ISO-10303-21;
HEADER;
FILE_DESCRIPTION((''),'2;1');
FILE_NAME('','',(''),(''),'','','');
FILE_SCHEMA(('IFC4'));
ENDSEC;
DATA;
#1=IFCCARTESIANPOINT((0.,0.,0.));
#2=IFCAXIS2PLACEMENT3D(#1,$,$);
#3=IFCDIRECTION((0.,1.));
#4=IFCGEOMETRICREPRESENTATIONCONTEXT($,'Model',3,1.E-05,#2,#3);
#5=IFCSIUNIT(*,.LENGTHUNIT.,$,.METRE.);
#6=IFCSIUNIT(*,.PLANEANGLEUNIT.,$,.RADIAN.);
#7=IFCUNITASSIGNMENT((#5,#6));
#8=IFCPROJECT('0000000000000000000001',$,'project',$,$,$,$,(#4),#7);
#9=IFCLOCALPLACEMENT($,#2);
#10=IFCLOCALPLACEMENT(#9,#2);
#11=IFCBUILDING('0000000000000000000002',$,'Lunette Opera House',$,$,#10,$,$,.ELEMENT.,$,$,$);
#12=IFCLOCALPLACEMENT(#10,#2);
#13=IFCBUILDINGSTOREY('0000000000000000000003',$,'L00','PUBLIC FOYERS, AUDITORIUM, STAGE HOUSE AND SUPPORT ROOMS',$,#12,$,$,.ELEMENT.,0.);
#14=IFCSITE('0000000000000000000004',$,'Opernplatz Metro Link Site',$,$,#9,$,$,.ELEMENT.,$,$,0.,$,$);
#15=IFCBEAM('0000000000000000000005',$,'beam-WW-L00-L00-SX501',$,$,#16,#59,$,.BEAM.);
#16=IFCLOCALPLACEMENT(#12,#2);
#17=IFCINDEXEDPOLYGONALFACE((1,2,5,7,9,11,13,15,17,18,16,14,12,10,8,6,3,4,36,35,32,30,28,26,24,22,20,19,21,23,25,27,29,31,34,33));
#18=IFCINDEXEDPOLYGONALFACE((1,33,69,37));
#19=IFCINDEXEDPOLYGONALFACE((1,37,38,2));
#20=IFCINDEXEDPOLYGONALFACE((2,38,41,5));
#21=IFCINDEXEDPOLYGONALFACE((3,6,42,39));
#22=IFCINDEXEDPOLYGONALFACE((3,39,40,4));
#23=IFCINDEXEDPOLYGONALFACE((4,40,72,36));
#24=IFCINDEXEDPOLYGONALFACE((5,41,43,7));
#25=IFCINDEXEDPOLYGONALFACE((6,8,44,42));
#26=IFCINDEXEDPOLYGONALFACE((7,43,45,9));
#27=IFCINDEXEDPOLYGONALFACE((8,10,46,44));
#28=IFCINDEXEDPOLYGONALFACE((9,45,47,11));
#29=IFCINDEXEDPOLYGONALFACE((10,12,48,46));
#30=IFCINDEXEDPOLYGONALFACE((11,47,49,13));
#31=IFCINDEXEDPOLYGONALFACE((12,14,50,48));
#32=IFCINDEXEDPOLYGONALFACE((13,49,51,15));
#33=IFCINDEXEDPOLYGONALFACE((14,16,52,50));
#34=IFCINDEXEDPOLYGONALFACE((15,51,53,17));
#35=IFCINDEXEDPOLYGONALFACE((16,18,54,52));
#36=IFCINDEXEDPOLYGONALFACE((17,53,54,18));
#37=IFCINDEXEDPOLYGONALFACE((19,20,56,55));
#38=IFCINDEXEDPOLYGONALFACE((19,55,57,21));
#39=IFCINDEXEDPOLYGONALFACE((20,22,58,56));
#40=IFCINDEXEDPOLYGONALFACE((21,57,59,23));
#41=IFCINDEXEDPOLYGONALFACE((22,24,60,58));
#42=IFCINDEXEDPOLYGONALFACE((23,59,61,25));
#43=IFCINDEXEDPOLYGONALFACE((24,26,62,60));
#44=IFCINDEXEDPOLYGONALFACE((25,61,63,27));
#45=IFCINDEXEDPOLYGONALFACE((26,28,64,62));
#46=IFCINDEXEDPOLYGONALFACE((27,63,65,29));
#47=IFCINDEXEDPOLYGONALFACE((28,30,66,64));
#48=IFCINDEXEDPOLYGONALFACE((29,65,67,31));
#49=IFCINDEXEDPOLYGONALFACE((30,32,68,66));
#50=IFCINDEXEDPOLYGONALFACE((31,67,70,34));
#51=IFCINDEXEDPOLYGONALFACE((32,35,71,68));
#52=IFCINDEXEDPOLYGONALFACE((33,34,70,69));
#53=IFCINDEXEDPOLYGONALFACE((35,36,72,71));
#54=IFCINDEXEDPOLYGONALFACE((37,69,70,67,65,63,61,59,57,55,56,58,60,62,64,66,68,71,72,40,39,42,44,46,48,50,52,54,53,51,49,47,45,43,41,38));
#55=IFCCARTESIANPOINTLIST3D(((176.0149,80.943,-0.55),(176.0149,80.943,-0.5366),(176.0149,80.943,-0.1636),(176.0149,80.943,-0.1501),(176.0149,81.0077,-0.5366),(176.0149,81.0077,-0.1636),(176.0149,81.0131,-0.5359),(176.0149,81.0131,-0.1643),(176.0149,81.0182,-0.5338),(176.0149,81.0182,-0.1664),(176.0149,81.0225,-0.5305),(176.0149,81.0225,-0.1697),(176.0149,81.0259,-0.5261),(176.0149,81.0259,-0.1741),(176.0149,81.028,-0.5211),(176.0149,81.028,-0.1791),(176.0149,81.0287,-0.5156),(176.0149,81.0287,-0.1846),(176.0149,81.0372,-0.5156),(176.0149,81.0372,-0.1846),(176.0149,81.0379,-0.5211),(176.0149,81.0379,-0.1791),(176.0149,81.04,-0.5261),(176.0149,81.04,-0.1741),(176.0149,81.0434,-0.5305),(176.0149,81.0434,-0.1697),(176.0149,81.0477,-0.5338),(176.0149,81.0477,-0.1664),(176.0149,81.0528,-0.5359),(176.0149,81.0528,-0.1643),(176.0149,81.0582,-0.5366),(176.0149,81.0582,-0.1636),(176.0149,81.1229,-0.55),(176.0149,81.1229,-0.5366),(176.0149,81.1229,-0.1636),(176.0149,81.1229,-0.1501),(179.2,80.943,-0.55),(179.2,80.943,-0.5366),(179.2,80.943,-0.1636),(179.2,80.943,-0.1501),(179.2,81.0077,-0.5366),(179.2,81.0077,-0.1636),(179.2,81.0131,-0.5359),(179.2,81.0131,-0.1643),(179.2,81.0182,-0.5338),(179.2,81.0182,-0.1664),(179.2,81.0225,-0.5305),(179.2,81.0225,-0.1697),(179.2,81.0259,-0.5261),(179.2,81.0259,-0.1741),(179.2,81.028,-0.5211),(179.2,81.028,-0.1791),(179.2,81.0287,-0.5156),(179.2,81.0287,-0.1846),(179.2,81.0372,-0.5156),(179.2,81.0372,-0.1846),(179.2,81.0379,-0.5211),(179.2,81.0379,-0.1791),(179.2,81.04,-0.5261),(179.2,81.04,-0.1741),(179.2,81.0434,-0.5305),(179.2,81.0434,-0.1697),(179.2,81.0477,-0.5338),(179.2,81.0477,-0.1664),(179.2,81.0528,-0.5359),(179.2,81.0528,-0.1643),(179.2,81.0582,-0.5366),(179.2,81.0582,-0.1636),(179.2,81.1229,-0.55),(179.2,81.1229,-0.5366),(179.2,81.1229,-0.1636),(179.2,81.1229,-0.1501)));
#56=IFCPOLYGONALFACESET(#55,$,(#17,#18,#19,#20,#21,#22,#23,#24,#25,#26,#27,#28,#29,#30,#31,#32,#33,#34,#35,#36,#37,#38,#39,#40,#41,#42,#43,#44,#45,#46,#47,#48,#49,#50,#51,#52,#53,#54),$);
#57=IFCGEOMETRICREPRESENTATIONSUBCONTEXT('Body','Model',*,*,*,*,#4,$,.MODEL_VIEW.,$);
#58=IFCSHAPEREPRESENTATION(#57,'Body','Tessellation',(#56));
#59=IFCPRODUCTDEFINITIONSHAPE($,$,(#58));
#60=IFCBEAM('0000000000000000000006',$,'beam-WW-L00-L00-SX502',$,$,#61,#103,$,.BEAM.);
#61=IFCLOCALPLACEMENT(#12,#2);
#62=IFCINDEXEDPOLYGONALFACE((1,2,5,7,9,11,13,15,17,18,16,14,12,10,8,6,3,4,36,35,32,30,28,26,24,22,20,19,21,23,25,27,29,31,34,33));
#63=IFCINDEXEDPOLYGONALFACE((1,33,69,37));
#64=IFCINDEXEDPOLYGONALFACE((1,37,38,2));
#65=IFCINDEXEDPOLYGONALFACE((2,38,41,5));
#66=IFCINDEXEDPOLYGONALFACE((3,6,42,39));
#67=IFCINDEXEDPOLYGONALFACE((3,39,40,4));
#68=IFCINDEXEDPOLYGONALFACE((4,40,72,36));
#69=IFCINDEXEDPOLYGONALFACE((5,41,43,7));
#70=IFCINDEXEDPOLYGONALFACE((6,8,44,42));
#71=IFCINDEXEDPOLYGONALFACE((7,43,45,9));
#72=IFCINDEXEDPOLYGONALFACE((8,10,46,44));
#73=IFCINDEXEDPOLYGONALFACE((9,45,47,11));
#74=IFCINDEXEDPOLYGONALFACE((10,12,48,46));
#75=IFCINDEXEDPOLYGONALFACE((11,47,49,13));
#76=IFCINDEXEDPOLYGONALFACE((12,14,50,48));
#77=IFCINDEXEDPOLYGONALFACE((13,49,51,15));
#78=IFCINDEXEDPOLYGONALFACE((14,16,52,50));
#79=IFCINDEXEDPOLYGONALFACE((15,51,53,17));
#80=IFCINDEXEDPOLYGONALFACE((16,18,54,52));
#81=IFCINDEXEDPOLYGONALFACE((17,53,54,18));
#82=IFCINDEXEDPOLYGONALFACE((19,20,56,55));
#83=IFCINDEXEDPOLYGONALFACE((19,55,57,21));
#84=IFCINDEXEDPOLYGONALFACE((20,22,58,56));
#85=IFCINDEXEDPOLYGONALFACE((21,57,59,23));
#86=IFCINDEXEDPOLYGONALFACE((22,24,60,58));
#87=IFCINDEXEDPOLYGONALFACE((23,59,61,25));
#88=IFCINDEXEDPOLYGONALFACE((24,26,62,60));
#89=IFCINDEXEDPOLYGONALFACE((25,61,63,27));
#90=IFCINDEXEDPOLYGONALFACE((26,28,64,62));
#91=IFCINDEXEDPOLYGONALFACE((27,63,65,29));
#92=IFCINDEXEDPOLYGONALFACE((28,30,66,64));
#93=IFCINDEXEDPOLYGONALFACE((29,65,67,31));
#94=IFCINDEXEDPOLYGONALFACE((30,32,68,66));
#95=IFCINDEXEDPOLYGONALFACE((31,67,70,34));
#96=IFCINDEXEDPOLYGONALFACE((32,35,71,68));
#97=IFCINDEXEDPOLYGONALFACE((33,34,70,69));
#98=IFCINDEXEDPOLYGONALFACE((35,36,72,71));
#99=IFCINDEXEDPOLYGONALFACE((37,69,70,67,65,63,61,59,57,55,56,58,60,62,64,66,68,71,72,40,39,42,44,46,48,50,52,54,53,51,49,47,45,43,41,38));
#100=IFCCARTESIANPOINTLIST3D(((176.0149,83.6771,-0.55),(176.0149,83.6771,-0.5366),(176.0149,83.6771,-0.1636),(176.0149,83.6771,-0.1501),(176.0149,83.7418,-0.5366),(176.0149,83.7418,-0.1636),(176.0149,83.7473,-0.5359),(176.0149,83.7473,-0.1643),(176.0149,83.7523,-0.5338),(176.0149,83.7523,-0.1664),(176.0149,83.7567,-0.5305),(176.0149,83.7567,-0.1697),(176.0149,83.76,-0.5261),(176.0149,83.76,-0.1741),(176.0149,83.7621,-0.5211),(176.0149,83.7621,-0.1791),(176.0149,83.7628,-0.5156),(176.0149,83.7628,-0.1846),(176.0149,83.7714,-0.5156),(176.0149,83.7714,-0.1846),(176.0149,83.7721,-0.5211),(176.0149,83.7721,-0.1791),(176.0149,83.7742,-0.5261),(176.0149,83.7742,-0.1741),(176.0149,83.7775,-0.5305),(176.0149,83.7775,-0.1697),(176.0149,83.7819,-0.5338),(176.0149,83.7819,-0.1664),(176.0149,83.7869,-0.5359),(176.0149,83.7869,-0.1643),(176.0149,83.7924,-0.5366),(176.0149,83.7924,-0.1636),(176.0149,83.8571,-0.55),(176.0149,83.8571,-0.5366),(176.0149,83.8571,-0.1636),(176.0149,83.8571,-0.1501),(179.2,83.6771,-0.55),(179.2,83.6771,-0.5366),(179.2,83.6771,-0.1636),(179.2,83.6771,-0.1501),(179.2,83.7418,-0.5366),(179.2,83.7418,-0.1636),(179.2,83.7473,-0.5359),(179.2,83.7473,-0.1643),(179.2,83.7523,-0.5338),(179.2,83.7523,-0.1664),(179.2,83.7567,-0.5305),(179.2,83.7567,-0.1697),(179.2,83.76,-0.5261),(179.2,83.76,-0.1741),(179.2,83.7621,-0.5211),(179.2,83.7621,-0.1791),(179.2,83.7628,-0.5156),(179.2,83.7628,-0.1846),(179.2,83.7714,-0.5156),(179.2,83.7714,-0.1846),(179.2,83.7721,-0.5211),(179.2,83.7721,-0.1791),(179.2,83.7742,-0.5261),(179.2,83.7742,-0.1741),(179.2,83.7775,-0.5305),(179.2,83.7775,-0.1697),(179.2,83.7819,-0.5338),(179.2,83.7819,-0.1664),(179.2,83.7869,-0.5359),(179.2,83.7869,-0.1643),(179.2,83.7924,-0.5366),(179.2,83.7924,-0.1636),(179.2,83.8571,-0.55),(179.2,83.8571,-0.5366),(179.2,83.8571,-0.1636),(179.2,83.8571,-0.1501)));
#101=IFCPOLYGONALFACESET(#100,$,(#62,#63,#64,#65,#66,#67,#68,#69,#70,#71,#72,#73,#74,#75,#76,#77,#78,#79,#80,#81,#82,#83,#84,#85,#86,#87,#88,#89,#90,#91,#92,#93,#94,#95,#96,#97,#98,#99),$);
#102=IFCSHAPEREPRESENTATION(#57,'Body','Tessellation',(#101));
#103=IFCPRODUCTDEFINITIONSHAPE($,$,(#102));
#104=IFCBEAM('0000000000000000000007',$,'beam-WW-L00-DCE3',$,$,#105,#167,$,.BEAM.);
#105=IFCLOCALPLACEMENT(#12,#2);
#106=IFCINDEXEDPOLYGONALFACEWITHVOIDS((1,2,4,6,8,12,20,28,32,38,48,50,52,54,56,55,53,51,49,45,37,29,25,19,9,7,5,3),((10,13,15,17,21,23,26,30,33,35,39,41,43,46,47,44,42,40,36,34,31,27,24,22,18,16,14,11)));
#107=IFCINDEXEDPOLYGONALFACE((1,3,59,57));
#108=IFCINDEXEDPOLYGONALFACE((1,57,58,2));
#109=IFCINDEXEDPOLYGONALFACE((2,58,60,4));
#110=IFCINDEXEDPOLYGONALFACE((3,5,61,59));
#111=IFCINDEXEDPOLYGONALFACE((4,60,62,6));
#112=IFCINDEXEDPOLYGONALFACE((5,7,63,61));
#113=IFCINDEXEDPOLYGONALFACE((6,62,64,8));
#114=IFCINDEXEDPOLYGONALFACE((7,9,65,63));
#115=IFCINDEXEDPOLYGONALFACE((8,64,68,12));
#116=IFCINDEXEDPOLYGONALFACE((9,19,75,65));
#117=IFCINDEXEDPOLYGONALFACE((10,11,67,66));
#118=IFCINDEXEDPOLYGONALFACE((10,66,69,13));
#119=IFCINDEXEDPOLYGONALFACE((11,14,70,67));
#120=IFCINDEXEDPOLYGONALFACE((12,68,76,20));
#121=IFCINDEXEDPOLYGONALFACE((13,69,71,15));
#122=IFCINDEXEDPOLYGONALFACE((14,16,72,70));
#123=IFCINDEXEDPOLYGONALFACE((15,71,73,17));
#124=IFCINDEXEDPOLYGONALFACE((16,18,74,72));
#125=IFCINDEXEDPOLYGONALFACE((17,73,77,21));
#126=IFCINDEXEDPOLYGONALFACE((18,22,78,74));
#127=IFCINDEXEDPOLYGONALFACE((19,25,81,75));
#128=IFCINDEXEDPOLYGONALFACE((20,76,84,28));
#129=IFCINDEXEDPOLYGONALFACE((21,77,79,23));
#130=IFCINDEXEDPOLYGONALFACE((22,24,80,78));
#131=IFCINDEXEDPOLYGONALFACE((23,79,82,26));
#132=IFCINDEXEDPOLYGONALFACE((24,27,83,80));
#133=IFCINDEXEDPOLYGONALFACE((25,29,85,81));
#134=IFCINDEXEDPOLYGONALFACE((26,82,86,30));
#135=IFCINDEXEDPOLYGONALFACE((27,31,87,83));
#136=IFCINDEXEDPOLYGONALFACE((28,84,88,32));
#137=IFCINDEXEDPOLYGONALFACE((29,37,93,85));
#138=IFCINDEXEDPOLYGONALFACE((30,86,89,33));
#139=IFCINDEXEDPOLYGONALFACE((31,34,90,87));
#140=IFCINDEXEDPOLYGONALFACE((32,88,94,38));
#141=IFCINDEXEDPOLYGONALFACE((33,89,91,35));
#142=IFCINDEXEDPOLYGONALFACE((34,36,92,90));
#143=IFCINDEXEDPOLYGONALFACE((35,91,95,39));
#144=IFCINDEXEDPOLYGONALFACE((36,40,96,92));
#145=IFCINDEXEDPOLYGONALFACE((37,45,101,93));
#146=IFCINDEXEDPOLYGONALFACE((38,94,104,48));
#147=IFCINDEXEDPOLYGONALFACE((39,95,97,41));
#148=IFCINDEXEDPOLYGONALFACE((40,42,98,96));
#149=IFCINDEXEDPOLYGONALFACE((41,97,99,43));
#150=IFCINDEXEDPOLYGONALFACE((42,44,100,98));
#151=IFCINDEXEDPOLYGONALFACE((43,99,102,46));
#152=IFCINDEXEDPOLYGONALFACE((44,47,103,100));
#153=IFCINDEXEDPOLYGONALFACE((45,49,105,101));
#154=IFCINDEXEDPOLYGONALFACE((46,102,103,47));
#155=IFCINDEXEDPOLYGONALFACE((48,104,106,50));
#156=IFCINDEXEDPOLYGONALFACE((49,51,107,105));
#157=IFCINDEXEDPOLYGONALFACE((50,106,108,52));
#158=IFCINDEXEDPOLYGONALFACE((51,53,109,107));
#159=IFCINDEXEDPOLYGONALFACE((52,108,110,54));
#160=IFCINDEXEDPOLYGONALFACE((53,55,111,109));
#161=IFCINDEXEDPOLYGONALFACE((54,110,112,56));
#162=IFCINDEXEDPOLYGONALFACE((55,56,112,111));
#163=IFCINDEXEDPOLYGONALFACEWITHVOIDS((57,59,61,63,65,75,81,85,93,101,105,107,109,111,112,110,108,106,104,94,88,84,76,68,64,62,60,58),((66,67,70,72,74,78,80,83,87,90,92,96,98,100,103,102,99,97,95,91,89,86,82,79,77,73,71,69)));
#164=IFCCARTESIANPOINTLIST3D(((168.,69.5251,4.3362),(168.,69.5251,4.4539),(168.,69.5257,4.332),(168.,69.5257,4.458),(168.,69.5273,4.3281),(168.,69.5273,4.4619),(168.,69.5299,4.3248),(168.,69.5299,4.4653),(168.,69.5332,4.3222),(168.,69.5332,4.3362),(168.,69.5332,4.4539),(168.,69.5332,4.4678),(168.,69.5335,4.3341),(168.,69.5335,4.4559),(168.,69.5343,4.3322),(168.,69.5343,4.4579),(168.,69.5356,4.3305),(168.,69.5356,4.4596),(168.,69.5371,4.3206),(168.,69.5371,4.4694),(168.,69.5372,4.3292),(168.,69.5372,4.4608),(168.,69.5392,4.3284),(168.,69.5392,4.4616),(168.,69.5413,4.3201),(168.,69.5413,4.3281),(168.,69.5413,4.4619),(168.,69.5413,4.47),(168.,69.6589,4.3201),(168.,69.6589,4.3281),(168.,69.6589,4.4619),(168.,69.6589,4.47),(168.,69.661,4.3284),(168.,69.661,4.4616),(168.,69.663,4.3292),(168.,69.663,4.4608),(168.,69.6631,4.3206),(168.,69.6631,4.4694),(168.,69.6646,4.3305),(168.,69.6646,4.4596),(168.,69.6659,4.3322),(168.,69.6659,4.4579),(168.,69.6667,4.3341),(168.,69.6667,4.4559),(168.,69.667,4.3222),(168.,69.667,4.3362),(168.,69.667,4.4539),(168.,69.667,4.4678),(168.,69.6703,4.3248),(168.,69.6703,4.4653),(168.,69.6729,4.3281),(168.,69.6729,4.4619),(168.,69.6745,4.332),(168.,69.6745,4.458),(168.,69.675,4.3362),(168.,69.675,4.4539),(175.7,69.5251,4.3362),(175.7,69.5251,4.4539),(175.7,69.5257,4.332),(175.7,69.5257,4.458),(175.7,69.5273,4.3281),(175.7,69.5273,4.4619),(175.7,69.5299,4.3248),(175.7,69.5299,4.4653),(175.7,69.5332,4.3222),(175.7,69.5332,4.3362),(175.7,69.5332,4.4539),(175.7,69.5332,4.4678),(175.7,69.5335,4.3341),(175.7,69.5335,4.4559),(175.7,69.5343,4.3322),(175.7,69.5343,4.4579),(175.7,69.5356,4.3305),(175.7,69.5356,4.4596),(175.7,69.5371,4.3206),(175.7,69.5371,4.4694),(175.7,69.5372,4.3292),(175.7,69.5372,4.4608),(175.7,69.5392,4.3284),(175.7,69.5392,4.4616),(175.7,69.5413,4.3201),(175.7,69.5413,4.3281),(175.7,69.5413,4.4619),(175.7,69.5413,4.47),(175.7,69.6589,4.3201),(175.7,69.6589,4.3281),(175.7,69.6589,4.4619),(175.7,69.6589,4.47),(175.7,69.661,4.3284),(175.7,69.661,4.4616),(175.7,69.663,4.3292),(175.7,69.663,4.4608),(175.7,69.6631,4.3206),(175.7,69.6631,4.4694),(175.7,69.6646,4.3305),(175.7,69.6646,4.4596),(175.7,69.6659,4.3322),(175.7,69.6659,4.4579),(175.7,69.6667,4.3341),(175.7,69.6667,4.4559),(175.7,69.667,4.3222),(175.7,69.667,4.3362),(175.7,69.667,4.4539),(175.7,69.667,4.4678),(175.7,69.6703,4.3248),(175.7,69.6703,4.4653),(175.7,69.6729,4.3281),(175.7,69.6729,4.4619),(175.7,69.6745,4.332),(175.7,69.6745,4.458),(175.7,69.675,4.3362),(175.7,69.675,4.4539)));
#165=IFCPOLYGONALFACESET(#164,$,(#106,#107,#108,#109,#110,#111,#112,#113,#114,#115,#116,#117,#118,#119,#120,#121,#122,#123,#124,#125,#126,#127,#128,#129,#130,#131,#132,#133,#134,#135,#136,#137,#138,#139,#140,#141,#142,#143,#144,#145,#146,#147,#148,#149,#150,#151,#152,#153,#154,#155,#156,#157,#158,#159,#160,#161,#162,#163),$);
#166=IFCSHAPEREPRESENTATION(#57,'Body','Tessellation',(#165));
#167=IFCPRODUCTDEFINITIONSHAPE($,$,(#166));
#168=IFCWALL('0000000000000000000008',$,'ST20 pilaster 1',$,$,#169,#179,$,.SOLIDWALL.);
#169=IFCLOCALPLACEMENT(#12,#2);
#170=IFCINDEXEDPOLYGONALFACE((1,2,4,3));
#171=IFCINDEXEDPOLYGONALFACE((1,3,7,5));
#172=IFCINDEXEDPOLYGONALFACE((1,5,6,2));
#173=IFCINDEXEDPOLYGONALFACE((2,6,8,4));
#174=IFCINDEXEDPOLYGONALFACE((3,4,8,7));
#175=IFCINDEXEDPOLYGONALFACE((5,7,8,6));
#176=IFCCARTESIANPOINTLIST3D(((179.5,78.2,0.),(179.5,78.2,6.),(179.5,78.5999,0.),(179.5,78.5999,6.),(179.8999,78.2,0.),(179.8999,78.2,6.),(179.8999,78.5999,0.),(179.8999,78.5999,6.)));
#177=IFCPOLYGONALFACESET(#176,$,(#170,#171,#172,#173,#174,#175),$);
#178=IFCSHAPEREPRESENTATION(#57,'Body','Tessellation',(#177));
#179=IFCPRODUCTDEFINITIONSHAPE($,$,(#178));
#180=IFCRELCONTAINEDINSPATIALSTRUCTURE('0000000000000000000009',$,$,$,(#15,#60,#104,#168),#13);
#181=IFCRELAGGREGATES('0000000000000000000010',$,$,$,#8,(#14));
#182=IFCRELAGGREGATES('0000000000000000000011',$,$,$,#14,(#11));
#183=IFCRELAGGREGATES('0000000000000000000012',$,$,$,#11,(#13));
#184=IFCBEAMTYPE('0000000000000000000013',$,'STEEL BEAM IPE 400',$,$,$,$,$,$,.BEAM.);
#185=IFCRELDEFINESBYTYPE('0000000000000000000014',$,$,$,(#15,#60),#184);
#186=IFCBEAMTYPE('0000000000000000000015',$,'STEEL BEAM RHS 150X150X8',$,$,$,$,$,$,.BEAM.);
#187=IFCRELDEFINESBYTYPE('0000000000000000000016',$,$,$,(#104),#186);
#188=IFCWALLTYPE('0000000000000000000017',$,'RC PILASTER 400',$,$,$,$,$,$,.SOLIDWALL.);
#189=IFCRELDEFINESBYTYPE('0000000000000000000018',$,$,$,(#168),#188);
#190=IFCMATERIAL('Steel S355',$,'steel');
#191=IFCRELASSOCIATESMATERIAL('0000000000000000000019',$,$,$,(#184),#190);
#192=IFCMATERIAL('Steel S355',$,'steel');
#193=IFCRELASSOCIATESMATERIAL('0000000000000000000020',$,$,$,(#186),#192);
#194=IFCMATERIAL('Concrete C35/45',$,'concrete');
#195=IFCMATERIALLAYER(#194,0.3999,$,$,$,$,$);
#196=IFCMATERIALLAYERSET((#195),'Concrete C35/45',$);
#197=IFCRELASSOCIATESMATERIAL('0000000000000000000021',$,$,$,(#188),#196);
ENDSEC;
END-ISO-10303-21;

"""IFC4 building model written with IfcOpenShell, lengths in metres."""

from ifc_helpers import new_model, si_unit, direction, frame, frame_2d, origin, origin_2d, place, context, subcontext, project, spatial, rectangle, hollow_rectangle, i_section, extrude, material, layer, layer_set, material_profile, profile_set, type_object, element, save


model = new_model("IFC4")

# Units and contexts
model_context = context("Model", 3, precision=1e-05, world=origin(), true_north=direction((0.0, 1.0)))
body_context = subcontext(model_context, "Body", "Model", "MODEL_VIEW")
ifc_project = project(units=[si_unit("LENGTHUNIT", "METRE"), si_unit("PLANEANGLEUNIT", "RADIAN")], contexts=[model_context])

# Site, building, storey
site_placement = place(None, origin())
site = spatial("IfcSite", under=ifc_project, at=site_placement, Name="Opernplatz Metro Link Site", CompositionType="ELEMENT", RefElevation=0.0)
building_placement = place(site_placement, origin())
building = spatial("IfcBuilding", under=site, at=building_placement, Name="Lunette Opera House", CompositionType="ELEMENT")
storey_placement = place(building_placement, origin())
storey = spatial("IfcBuildingStorey", under=building, at=storey_placement, Name="L00", Description="PUBLIC FOYERS, AUDITORIUM, STAGE HOUSE AND SUPPORT ROOMS", CompositionType="ELEMENT", Elevation=0.0)

# Beams
ifc_material_1 = material(Name="Steel S355", Category="steel")
ifc_material_profile_1 = material_profile(ifc_material_1, i_section(OverallWidth=0.1799, OverallDepth=0.3999, WebThickness=0.0085, FlangeThickness=0.0134, FilletRadius=0.021, at=origin_2d()), Name="IPE 400")
ifc_profile_set_1 = profile_set([ifc_material_profile_1], Name="Steel S355")
beam_type_1 = type_object("IfcBeamType", Name="STEEL BEAM IPE 400", PredefinedType="BEAM", material=ifc_profile_set_1)
for number, where, z_axis, x_axis, name in (
    (1, (176.0149, 81.033, -0.3501), (1.0, 0.0, 0.0), (0.0, 1.0, 0.0), "beam-WW-L00-L00-SX501"),
    (2, (176.0149, 83.7671, -0.3501), (1.0, 0.0, 0.0), (0.0, 1.0, 0.0), "beam-WW-L00-L00-SX502"),
):
    element("IfcBeam", number, at=place(storey_placement, frame(where, z_axis=z_axis, x_axis=x_axis)), inside=storey, type_object=beam_type_1, Name=name, PredefinedType="BEAM", context=body_context, shape_type="SweptSolid", body=[
        extrude(i_section(OverallWidth=0.1799, OverallDepth=0.3999, WebThickness=0.0085, FlangeThickness=0.0134, FilletRadius=0.021, at=origin_2d()), origin(), (0.0, 0.0, 1.0), 3.1851),
    ])
ifc_material_2 = material(Name="Steel S355", Category="steel")
ifc_material_profile_2 = material_profile(ifc_material_2, hollow_rectangle(XDim=0.1499, YDim=0.1499, WallThickness=0.0081, InnerFilletRadius=0.0081, OuterFilletRadius=0.0161, at=origin_2d()), Name="RHS 150X150X8")
ifc_profile_set_2 = profile_set([ifc_material_profile_2], Name="Steel S355")
beam_type_2 = type_object("IfcBeamType", Name="STEEL BEAM RHS 150X150X8", PredefinedType="BEAM", material=ifc_profile_set_2)
beam_1_placement = place(storey_placement, frame((168.0, 69.6001, 4.395), z_axis=(1.0, 0.0, 0.0), x_axis=(0.0, 1.0, 0.0)))
element("IfcBeam", 3, at=beam_1_placement, inside=storey, type_object=beam_type_2, Name="beam-WW-L00-DCE3", PredefinedType="BEAM", context=body_context, shape_type="SweptSolid", body=[
    extrude(hollow_rectangle(XDim=0.1499, YDim=0.1499, WallThickness=0.0081, InnerFilletRadius=0.0081, OuterFilletRadius=0.0161, at=origin_2d()), origin(), (0.0, 0.0, 1.0), 7.7),
])

# Wall
ifc_material_3 = material(Name="Concrete C35/45", Category="concrete")
ifc_layer_1 = layer(ifc_material_3, 0.3999)
ifc_layer_set_1 = layer_set([ifc_layer_1], Name="Concrete C35/45")
wall_type_1 = type_object("IfcWallType", Name="RC PILASTER 400", PredefinedType="SOLIDWALL", material=ifc_layer_set_1)
wall_1_placement = place(storey_placement, frame((179.5, 78.3999, 0.0), z_axis=(0.0, 0.0, 1.0), x_axis=(1.0, 0.0, 0.0)))
element("IfcWall", 4, at=wall_1_placement, inside=storey, type_object=wall_type_1, Name="ST20 pilaster 1", PredefinedType="SOLIDWALL", context=body_context, shape_type="SweptSolid", body=[
    extrude(rectangle(XDim=0.3999, YDim=0.3999, at=frame_2d((0.2, 0.0))), origin(), (0.0, 0.0, 1.0), 6.0),
])

save(model, "model.ifc")
